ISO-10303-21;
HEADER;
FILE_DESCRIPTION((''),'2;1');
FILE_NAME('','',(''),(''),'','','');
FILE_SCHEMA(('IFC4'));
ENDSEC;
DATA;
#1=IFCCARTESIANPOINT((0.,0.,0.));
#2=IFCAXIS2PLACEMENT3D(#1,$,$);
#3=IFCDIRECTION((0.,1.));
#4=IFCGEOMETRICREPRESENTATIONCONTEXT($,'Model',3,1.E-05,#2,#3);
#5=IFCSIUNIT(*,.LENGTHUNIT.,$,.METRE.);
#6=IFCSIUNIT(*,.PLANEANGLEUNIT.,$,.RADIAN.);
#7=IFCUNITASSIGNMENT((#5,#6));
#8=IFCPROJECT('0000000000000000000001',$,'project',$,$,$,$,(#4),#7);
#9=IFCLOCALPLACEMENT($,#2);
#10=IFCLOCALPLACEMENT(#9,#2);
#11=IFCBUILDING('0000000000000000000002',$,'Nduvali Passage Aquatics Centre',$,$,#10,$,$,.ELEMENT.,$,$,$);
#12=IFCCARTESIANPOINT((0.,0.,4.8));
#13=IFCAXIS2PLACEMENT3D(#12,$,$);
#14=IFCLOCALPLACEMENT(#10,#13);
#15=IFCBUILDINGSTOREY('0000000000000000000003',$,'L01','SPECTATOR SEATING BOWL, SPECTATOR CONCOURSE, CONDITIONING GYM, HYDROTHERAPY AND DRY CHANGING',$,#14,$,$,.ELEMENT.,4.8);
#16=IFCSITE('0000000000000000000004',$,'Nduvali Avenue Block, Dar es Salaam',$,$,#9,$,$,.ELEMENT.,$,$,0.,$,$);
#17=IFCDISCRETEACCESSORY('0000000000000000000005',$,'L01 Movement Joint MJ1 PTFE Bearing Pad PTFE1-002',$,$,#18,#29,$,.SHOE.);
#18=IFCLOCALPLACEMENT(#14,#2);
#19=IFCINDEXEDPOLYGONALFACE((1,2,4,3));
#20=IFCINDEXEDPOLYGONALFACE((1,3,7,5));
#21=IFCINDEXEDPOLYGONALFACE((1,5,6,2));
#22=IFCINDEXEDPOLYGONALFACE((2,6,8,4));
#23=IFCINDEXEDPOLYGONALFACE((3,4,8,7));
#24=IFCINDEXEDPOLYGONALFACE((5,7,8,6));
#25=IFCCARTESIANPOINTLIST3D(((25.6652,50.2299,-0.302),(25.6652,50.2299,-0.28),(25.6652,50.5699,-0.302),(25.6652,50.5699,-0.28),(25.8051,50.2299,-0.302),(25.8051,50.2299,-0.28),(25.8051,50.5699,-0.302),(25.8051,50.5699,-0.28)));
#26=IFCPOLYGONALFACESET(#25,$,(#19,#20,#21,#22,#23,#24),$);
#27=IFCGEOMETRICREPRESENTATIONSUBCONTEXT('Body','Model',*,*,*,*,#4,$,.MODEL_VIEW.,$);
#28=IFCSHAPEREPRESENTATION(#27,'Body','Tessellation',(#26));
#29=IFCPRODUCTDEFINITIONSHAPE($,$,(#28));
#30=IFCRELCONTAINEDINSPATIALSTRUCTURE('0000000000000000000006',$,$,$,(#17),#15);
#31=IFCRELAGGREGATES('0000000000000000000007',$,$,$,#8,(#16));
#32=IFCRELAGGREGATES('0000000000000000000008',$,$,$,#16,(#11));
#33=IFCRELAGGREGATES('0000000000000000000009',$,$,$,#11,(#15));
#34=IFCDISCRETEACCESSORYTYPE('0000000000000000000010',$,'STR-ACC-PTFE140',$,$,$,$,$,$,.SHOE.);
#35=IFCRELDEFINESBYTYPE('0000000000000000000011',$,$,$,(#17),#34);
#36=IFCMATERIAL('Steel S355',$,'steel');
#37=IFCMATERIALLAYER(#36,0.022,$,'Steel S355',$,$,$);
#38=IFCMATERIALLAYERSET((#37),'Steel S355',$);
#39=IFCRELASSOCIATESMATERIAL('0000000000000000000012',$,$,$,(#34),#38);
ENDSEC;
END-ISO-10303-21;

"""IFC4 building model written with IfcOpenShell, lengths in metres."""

from ifc_helpers import new_model, si_unit, direction, frame, origin, origin_2d, place, context, subcontext, project, spatial, rectangle, extrude, material, layer, layer_set, type_object, element, save


model = new_model("IFC4")

# Units and contexts
model_context = context("Model", 3, precision=1e-05, world=origin(), true_north=direction((0.0, 1.0)))
body_context = subcontext(model_context, "Body", "Model", "MODEL_VIEW")
ifc_project = project(units=[si_unit("LENGTHUNIT", "METRE"), si_unit("PLANEANGLEUNIT", "RADIAN")], contexts=[model_context])

# Site, building, storey
site_placement = place(None, origin())
site = spatial("IfcSite", under=ifc_project, at=site_placement, Name="Nduvali Avenue Block, Dar es Salaam", CompositionType="ELEMENT", RefElevation=0.0)
building_placement = place(site_placement, origin())
building = spatial("IfcBuilding", under=site, at=building_placement, Name="Nduvali Passage Aquatics Centre", CompositionType="ELEMENT")
storey_placement = place(building_placement, frame((0.0, 0.0, 4.8)))
storey = spatial("IfcBuildingStorey", under=building, at=storey_placement, Name="L01", Description="SPECTATOR SEATING BOWL, SPECTATOR CONCOURSE, CONDITIONING GYM, HYDROTHERAPY AND DRY CHANGING", CompositionType="ELEMENT", Elevation=4.8)

# Shared definitions
ifc_material_1 = material(Name="Steel S355", Category="steel")

# Discrete accessory
ifc_layer_1 = layer(ifc_material_1, 0.022, Name="Steel S355")
ifc_layer_set_1 = layer_set([ifc_layer_1], Name="Steel S355")
discrete_accessory_type_1 = type_object("IfcDiscreteAccessoryType", Name="STR-ACC-PTFE140", PredefinedType="SHOE", material=ifc_layer_set_1)
for number, where, z_axis, x_axis, name in (
    (1, (25.7351, 50.3999, -0.302), (0.0, 0.0, 1.0), (1.0, 0.0, 0.0), "L01 Movement Joint MJ1 PTFE Bearing Pad PTFE1-002"),
):
    element("IfcDiscreteAccessory", number, at=place(storey_placement, frame(where, z_axis=z_axis, x_axis=x_axis)), inside=storey, type_object=discrete_accessory_type_1, Name=name, PredefinedType="SHOE", context=body_context, shape_type="SweptSolid", body=[
        extrude(rectangle(XDim=0.1399, YDim=0.3401, at=origin_2d()), origin(), (0.0, 0.0, 1.0), 0.022),
    ])

save(model, "model.ifc")
